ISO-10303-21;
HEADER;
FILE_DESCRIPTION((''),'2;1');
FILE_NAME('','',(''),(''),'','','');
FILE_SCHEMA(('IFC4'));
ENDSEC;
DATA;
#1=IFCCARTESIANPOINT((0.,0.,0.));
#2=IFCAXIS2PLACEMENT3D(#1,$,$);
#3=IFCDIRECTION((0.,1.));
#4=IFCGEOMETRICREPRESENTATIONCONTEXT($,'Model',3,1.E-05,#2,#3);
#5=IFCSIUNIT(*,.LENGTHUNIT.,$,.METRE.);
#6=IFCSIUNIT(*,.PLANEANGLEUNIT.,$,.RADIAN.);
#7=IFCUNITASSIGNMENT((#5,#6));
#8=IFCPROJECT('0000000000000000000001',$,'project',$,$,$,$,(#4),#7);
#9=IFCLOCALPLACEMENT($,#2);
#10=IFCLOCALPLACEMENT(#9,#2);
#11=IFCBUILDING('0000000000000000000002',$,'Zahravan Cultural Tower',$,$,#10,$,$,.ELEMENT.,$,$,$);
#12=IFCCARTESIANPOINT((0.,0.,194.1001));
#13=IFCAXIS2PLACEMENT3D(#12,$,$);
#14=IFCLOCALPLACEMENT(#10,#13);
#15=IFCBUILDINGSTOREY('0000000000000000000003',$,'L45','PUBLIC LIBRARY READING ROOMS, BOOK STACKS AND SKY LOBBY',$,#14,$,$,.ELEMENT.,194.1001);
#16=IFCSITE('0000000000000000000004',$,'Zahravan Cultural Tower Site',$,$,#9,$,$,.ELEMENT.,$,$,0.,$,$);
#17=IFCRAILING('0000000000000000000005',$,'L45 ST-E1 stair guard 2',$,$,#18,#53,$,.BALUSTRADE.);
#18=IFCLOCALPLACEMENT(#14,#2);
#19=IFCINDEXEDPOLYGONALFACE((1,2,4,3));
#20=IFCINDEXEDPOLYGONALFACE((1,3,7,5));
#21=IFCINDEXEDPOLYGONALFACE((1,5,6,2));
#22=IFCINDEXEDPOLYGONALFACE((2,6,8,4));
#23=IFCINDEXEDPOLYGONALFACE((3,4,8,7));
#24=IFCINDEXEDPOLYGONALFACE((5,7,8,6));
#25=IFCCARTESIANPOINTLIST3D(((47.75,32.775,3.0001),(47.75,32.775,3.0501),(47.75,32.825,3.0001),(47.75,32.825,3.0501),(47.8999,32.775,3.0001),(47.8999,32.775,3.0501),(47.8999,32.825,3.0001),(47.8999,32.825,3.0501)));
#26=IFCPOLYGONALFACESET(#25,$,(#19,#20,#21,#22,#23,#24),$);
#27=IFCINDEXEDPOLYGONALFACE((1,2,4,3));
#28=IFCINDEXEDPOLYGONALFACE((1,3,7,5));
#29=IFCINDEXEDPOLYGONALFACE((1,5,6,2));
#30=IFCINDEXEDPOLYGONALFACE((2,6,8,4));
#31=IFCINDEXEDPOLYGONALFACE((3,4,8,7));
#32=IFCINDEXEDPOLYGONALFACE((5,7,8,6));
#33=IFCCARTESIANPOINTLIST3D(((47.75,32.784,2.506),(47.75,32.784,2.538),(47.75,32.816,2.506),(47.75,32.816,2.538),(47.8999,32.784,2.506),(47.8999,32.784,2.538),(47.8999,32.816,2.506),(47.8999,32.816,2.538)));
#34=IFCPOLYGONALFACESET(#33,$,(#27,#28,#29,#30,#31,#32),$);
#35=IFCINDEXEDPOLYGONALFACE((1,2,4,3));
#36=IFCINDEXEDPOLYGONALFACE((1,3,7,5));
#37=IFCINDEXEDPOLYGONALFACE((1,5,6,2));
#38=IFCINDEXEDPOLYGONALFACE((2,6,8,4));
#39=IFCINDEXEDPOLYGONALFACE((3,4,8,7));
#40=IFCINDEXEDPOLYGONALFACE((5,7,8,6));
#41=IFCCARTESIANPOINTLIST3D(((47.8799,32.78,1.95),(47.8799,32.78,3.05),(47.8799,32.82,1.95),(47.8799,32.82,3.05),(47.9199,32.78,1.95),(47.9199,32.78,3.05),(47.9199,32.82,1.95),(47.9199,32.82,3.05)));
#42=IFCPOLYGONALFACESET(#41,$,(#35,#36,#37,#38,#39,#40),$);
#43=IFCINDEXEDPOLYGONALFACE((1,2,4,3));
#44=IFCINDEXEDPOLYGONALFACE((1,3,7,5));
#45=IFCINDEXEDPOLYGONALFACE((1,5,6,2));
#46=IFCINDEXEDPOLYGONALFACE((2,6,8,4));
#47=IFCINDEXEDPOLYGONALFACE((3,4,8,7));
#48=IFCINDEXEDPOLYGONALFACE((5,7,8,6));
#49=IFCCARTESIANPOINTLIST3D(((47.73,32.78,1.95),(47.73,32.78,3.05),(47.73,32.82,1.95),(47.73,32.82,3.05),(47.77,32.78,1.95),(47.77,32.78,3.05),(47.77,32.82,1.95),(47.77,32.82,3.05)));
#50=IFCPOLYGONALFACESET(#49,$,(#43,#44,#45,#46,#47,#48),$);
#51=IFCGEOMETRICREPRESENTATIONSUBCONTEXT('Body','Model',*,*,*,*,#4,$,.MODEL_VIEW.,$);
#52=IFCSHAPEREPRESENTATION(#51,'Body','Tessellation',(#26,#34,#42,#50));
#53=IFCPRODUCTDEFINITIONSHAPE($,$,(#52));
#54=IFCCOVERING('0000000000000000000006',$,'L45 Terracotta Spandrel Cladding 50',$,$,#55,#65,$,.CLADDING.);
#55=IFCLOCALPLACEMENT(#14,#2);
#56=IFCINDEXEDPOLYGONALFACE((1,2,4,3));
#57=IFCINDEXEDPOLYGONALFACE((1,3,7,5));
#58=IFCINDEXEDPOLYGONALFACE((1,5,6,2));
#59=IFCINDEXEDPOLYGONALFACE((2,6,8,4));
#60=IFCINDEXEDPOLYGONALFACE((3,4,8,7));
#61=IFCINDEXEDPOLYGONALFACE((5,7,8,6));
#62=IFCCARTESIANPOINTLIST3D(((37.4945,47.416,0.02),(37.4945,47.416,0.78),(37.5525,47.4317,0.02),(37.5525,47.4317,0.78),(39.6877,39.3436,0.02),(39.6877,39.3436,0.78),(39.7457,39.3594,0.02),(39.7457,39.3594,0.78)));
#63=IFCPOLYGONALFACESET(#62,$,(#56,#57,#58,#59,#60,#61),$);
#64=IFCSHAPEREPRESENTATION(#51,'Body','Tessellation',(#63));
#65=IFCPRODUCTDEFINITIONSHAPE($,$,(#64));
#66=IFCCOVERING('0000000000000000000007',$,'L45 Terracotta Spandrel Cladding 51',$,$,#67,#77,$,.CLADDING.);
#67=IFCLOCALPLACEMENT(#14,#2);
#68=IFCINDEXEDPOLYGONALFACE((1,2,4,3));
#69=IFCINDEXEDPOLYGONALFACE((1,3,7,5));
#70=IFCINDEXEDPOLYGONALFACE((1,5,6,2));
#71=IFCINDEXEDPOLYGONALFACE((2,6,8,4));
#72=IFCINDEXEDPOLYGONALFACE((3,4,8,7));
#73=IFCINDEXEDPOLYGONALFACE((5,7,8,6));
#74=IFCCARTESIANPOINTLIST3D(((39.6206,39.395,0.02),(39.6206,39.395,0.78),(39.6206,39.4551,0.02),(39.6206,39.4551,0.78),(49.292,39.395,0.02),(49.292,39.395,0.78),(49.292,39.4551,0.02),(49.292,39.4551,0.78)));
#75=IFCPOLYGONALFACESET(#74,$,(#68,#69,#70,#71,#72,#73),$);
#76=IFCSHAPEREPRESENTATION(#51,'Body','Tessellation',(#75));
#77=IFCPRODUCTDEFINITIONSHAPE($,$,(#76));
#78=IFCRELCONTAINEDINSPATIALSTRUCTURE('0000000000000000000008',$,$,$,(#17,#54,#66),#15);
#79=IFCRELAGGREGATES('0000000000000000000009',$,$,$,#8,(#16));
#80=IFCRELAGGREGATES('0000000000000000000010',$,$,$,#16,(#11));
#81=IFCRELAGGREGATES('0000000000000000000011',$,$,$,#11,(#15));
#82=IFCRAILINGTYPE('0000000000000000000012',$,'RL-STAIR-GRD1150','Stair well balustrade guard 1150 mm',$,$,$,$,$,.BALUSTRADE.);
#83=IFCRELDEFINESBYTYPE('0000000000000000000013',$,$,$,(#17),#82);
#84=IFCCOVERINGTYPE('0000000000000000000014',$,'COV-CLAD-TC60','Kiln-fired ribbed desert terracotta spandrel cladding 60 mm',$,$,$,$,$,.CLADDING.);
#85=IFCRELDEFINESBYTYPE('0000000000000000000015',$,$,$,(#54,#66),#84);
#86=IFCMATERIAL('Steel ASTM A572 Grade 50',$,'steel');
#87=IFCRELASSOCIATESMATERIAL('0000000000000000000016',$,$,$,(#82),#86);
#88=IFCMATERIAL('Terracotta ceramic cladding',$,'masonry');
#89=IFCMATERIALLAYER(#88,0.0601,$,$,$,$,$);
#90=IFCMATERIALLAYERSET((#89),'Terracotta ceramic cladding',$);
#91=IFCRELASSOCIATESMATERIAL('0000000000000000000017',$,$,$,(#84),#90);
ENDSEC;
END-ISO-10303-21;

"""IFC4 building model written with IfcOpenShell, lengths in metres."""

from ifc_helpers import new_model, si_unit, direction, frame, origin, origin_2d, place, context, subcontext, project, spatial, rectangle, extrude, source, transform, mapped, material, layer, layer_set, type_object, element, save


model = new_model("IFC4")

# Units and contexts
model_context = context("Model", 3, precision=1e-05, world=origin(), true_north=direction((0.0, 1.0)))
body_context = subcontext(model_context, "Body", "Model", "MODEL_VIEW")
ifc_project = project(units=[si_unit("LENGTHUNIT", "METRE"), si_unit("PLANEANGLEUNIT", "RADIAN")], contexts=[model_context])

# Site, building, storey
site_placement = place(None, origin())
site = spatial("IfcSite", under=ifc_project, at=site_placement, Name="Zahravan Cultural Tower Site", CompositionType="ELEMENT", RefElevation=0.0)
building_placement = place(site_placement, origin())
building = spatial("IfcBuilding", under=site, at=building_placement, Name="Zahravan Cultural Tower", CompositionType="ELEMENT")
storey_placement = place(building_placement, frame((0.0, 0.0, 194.1001)))
storey = spatial("IfcBuildingStorey", under=building, at=storey_placement, Name="L45", Description="PUBLIC LIBRARY READING ROOMS, BOOK STACKS AND SKY LOBBY", CompositionType="ELEMENT", Elevation=194.1001)

# Shared definitions
ifc_material_1 = material(Name="Steel ASTM A572 Grade 50", Category="steel")

# Railing
railing_type = type_object("IfcRailingType", Name="RL-STAIR-GRD1150", Description="Stair well balustrade guard 1150 mm", PredefinedType="BALUSTRADE", material=ifc_material_1)
railing_placement = place(storey_placement, frame((47.8999, 32.8, 1.95)))
element("IfcRailing", 1, at=railing_placement, inside=storey, type_object=railing_type, Name="L45 ST-E1 stair guard 2", PredefinedType="BALUSTRADE", context=body_context, shape_type="SweptSolid", body=[
    extrude(rectangle(XDim=0.05, YDim=0.05, at=origin_2d()), frame((0.0, 0.0, 1.0752), z_axis=(-1.0, 0.0, 0.0), x_axis=(0.0, -1.0, 0.0)), (0.0, 0.0, 1.0), 0.1499),
    extrude(rectangle(XDim=0.032, YDim=0.032, at=origin_2d()), frame((0.0, 0.0, 0.572), z_axis=(-1.0, 0.0, 0.0), x_axis=(0.0, -1.0, 0.0)), (0.0, 0.0, 1.0), 0.1499),
    extrude(rectangle(XDim=0.04, YDim=0.04, at=origin_2d()), origin(), (0.0, 0.0, 1.0), 1.1001),
    extrude(rectangle(XDim=0.04, YDim=0.04, at=origin_2d()), frame((-0.1499, 0.0, 0.0)), (0.0, 0.0, 1.0), 1.1001),
])

# Coverings
ifc_material_2 = material(Name="Terracotta ceramic cladding", Category="masonry")
ifc_layer_1 = layer(ifc_material_2, 0.0601)
ifc_layer_set_1 = layer_set([ifc_layer_1], Name="Terracotta ceramic cladding")
covering_type = type_object("IfcCoveringType", Name="COV-CLAD-TC60", Description="Kiln-fired ribbed desert terracotta spandrel cladding 60 mm", PredefinedType="CLADDING", material=ifc_layer_set_1)
shared_shape_1 = source(origin(), body_context, "Body", "SweptSolid", [
    extrude(rectangle(XDim=8.365, YDim=0.0601, at=origin_2d()), origin(), (0.0, 0.0, 1.0), 0.76),
])
covering_1_placement = place(storey_placement, frame((38.6201, 43.3877, 0.02), z_axis=(0.0, 0.0, 1.0), x_axis=(0.262189, -0.965016, 0.0)))
element("IfcCovering", 2, at=covering_1_placement, inside=storey, type_object=covering_type, Name="L45 Terracotta Spandrel Cladding 50", PredefinedType="CLADDING", context=body_context, shape_type="MappedRepresentation", body=[
    mapped(shared_shape_1, transform((0.0, 0.0, 0.0), x_axis=(1.0, 0.0, 0.0), y_axis=(0.0, 1.0, 0.0), z_axis=(0.0, 0.0, 1.0), scale=1.0)),
])
shared_shape_2 = source(origin(), body_context, "Body", "SweptSolid", [
    extrude(rectangle(XDim=9.6714, YDim=0.0601, at=origin_2d()), origin(), (0.0, 0.0, 1.0), 0.76),
])
covering_2_placement = place(storey_placement, frame((44.4563, 39.425, 0.02), z_axis=(0.0, 0.0, 1.0), x_axis=(1.0, 0.0, 0.0)))
element("IfcCovering", 3, at=covering_2_placement, inside=storey, type_object=covering_type, Name="L45 Terracotta Spandrel Cladding 51", PredefinedType="CLADDING", context=body_context, shape_type="MappedRepresentation", body=[
    mapped(shared_shape_2, transform((0.0, 0.0, 0.0), x_axis=(1.0, 0.0, 0.0), y_axis=(0.0, 1.0, 0.0), z_axis=(0.0, 0.0, 1.0), scale=1.0)),
])

save(model, "model.ifc")
